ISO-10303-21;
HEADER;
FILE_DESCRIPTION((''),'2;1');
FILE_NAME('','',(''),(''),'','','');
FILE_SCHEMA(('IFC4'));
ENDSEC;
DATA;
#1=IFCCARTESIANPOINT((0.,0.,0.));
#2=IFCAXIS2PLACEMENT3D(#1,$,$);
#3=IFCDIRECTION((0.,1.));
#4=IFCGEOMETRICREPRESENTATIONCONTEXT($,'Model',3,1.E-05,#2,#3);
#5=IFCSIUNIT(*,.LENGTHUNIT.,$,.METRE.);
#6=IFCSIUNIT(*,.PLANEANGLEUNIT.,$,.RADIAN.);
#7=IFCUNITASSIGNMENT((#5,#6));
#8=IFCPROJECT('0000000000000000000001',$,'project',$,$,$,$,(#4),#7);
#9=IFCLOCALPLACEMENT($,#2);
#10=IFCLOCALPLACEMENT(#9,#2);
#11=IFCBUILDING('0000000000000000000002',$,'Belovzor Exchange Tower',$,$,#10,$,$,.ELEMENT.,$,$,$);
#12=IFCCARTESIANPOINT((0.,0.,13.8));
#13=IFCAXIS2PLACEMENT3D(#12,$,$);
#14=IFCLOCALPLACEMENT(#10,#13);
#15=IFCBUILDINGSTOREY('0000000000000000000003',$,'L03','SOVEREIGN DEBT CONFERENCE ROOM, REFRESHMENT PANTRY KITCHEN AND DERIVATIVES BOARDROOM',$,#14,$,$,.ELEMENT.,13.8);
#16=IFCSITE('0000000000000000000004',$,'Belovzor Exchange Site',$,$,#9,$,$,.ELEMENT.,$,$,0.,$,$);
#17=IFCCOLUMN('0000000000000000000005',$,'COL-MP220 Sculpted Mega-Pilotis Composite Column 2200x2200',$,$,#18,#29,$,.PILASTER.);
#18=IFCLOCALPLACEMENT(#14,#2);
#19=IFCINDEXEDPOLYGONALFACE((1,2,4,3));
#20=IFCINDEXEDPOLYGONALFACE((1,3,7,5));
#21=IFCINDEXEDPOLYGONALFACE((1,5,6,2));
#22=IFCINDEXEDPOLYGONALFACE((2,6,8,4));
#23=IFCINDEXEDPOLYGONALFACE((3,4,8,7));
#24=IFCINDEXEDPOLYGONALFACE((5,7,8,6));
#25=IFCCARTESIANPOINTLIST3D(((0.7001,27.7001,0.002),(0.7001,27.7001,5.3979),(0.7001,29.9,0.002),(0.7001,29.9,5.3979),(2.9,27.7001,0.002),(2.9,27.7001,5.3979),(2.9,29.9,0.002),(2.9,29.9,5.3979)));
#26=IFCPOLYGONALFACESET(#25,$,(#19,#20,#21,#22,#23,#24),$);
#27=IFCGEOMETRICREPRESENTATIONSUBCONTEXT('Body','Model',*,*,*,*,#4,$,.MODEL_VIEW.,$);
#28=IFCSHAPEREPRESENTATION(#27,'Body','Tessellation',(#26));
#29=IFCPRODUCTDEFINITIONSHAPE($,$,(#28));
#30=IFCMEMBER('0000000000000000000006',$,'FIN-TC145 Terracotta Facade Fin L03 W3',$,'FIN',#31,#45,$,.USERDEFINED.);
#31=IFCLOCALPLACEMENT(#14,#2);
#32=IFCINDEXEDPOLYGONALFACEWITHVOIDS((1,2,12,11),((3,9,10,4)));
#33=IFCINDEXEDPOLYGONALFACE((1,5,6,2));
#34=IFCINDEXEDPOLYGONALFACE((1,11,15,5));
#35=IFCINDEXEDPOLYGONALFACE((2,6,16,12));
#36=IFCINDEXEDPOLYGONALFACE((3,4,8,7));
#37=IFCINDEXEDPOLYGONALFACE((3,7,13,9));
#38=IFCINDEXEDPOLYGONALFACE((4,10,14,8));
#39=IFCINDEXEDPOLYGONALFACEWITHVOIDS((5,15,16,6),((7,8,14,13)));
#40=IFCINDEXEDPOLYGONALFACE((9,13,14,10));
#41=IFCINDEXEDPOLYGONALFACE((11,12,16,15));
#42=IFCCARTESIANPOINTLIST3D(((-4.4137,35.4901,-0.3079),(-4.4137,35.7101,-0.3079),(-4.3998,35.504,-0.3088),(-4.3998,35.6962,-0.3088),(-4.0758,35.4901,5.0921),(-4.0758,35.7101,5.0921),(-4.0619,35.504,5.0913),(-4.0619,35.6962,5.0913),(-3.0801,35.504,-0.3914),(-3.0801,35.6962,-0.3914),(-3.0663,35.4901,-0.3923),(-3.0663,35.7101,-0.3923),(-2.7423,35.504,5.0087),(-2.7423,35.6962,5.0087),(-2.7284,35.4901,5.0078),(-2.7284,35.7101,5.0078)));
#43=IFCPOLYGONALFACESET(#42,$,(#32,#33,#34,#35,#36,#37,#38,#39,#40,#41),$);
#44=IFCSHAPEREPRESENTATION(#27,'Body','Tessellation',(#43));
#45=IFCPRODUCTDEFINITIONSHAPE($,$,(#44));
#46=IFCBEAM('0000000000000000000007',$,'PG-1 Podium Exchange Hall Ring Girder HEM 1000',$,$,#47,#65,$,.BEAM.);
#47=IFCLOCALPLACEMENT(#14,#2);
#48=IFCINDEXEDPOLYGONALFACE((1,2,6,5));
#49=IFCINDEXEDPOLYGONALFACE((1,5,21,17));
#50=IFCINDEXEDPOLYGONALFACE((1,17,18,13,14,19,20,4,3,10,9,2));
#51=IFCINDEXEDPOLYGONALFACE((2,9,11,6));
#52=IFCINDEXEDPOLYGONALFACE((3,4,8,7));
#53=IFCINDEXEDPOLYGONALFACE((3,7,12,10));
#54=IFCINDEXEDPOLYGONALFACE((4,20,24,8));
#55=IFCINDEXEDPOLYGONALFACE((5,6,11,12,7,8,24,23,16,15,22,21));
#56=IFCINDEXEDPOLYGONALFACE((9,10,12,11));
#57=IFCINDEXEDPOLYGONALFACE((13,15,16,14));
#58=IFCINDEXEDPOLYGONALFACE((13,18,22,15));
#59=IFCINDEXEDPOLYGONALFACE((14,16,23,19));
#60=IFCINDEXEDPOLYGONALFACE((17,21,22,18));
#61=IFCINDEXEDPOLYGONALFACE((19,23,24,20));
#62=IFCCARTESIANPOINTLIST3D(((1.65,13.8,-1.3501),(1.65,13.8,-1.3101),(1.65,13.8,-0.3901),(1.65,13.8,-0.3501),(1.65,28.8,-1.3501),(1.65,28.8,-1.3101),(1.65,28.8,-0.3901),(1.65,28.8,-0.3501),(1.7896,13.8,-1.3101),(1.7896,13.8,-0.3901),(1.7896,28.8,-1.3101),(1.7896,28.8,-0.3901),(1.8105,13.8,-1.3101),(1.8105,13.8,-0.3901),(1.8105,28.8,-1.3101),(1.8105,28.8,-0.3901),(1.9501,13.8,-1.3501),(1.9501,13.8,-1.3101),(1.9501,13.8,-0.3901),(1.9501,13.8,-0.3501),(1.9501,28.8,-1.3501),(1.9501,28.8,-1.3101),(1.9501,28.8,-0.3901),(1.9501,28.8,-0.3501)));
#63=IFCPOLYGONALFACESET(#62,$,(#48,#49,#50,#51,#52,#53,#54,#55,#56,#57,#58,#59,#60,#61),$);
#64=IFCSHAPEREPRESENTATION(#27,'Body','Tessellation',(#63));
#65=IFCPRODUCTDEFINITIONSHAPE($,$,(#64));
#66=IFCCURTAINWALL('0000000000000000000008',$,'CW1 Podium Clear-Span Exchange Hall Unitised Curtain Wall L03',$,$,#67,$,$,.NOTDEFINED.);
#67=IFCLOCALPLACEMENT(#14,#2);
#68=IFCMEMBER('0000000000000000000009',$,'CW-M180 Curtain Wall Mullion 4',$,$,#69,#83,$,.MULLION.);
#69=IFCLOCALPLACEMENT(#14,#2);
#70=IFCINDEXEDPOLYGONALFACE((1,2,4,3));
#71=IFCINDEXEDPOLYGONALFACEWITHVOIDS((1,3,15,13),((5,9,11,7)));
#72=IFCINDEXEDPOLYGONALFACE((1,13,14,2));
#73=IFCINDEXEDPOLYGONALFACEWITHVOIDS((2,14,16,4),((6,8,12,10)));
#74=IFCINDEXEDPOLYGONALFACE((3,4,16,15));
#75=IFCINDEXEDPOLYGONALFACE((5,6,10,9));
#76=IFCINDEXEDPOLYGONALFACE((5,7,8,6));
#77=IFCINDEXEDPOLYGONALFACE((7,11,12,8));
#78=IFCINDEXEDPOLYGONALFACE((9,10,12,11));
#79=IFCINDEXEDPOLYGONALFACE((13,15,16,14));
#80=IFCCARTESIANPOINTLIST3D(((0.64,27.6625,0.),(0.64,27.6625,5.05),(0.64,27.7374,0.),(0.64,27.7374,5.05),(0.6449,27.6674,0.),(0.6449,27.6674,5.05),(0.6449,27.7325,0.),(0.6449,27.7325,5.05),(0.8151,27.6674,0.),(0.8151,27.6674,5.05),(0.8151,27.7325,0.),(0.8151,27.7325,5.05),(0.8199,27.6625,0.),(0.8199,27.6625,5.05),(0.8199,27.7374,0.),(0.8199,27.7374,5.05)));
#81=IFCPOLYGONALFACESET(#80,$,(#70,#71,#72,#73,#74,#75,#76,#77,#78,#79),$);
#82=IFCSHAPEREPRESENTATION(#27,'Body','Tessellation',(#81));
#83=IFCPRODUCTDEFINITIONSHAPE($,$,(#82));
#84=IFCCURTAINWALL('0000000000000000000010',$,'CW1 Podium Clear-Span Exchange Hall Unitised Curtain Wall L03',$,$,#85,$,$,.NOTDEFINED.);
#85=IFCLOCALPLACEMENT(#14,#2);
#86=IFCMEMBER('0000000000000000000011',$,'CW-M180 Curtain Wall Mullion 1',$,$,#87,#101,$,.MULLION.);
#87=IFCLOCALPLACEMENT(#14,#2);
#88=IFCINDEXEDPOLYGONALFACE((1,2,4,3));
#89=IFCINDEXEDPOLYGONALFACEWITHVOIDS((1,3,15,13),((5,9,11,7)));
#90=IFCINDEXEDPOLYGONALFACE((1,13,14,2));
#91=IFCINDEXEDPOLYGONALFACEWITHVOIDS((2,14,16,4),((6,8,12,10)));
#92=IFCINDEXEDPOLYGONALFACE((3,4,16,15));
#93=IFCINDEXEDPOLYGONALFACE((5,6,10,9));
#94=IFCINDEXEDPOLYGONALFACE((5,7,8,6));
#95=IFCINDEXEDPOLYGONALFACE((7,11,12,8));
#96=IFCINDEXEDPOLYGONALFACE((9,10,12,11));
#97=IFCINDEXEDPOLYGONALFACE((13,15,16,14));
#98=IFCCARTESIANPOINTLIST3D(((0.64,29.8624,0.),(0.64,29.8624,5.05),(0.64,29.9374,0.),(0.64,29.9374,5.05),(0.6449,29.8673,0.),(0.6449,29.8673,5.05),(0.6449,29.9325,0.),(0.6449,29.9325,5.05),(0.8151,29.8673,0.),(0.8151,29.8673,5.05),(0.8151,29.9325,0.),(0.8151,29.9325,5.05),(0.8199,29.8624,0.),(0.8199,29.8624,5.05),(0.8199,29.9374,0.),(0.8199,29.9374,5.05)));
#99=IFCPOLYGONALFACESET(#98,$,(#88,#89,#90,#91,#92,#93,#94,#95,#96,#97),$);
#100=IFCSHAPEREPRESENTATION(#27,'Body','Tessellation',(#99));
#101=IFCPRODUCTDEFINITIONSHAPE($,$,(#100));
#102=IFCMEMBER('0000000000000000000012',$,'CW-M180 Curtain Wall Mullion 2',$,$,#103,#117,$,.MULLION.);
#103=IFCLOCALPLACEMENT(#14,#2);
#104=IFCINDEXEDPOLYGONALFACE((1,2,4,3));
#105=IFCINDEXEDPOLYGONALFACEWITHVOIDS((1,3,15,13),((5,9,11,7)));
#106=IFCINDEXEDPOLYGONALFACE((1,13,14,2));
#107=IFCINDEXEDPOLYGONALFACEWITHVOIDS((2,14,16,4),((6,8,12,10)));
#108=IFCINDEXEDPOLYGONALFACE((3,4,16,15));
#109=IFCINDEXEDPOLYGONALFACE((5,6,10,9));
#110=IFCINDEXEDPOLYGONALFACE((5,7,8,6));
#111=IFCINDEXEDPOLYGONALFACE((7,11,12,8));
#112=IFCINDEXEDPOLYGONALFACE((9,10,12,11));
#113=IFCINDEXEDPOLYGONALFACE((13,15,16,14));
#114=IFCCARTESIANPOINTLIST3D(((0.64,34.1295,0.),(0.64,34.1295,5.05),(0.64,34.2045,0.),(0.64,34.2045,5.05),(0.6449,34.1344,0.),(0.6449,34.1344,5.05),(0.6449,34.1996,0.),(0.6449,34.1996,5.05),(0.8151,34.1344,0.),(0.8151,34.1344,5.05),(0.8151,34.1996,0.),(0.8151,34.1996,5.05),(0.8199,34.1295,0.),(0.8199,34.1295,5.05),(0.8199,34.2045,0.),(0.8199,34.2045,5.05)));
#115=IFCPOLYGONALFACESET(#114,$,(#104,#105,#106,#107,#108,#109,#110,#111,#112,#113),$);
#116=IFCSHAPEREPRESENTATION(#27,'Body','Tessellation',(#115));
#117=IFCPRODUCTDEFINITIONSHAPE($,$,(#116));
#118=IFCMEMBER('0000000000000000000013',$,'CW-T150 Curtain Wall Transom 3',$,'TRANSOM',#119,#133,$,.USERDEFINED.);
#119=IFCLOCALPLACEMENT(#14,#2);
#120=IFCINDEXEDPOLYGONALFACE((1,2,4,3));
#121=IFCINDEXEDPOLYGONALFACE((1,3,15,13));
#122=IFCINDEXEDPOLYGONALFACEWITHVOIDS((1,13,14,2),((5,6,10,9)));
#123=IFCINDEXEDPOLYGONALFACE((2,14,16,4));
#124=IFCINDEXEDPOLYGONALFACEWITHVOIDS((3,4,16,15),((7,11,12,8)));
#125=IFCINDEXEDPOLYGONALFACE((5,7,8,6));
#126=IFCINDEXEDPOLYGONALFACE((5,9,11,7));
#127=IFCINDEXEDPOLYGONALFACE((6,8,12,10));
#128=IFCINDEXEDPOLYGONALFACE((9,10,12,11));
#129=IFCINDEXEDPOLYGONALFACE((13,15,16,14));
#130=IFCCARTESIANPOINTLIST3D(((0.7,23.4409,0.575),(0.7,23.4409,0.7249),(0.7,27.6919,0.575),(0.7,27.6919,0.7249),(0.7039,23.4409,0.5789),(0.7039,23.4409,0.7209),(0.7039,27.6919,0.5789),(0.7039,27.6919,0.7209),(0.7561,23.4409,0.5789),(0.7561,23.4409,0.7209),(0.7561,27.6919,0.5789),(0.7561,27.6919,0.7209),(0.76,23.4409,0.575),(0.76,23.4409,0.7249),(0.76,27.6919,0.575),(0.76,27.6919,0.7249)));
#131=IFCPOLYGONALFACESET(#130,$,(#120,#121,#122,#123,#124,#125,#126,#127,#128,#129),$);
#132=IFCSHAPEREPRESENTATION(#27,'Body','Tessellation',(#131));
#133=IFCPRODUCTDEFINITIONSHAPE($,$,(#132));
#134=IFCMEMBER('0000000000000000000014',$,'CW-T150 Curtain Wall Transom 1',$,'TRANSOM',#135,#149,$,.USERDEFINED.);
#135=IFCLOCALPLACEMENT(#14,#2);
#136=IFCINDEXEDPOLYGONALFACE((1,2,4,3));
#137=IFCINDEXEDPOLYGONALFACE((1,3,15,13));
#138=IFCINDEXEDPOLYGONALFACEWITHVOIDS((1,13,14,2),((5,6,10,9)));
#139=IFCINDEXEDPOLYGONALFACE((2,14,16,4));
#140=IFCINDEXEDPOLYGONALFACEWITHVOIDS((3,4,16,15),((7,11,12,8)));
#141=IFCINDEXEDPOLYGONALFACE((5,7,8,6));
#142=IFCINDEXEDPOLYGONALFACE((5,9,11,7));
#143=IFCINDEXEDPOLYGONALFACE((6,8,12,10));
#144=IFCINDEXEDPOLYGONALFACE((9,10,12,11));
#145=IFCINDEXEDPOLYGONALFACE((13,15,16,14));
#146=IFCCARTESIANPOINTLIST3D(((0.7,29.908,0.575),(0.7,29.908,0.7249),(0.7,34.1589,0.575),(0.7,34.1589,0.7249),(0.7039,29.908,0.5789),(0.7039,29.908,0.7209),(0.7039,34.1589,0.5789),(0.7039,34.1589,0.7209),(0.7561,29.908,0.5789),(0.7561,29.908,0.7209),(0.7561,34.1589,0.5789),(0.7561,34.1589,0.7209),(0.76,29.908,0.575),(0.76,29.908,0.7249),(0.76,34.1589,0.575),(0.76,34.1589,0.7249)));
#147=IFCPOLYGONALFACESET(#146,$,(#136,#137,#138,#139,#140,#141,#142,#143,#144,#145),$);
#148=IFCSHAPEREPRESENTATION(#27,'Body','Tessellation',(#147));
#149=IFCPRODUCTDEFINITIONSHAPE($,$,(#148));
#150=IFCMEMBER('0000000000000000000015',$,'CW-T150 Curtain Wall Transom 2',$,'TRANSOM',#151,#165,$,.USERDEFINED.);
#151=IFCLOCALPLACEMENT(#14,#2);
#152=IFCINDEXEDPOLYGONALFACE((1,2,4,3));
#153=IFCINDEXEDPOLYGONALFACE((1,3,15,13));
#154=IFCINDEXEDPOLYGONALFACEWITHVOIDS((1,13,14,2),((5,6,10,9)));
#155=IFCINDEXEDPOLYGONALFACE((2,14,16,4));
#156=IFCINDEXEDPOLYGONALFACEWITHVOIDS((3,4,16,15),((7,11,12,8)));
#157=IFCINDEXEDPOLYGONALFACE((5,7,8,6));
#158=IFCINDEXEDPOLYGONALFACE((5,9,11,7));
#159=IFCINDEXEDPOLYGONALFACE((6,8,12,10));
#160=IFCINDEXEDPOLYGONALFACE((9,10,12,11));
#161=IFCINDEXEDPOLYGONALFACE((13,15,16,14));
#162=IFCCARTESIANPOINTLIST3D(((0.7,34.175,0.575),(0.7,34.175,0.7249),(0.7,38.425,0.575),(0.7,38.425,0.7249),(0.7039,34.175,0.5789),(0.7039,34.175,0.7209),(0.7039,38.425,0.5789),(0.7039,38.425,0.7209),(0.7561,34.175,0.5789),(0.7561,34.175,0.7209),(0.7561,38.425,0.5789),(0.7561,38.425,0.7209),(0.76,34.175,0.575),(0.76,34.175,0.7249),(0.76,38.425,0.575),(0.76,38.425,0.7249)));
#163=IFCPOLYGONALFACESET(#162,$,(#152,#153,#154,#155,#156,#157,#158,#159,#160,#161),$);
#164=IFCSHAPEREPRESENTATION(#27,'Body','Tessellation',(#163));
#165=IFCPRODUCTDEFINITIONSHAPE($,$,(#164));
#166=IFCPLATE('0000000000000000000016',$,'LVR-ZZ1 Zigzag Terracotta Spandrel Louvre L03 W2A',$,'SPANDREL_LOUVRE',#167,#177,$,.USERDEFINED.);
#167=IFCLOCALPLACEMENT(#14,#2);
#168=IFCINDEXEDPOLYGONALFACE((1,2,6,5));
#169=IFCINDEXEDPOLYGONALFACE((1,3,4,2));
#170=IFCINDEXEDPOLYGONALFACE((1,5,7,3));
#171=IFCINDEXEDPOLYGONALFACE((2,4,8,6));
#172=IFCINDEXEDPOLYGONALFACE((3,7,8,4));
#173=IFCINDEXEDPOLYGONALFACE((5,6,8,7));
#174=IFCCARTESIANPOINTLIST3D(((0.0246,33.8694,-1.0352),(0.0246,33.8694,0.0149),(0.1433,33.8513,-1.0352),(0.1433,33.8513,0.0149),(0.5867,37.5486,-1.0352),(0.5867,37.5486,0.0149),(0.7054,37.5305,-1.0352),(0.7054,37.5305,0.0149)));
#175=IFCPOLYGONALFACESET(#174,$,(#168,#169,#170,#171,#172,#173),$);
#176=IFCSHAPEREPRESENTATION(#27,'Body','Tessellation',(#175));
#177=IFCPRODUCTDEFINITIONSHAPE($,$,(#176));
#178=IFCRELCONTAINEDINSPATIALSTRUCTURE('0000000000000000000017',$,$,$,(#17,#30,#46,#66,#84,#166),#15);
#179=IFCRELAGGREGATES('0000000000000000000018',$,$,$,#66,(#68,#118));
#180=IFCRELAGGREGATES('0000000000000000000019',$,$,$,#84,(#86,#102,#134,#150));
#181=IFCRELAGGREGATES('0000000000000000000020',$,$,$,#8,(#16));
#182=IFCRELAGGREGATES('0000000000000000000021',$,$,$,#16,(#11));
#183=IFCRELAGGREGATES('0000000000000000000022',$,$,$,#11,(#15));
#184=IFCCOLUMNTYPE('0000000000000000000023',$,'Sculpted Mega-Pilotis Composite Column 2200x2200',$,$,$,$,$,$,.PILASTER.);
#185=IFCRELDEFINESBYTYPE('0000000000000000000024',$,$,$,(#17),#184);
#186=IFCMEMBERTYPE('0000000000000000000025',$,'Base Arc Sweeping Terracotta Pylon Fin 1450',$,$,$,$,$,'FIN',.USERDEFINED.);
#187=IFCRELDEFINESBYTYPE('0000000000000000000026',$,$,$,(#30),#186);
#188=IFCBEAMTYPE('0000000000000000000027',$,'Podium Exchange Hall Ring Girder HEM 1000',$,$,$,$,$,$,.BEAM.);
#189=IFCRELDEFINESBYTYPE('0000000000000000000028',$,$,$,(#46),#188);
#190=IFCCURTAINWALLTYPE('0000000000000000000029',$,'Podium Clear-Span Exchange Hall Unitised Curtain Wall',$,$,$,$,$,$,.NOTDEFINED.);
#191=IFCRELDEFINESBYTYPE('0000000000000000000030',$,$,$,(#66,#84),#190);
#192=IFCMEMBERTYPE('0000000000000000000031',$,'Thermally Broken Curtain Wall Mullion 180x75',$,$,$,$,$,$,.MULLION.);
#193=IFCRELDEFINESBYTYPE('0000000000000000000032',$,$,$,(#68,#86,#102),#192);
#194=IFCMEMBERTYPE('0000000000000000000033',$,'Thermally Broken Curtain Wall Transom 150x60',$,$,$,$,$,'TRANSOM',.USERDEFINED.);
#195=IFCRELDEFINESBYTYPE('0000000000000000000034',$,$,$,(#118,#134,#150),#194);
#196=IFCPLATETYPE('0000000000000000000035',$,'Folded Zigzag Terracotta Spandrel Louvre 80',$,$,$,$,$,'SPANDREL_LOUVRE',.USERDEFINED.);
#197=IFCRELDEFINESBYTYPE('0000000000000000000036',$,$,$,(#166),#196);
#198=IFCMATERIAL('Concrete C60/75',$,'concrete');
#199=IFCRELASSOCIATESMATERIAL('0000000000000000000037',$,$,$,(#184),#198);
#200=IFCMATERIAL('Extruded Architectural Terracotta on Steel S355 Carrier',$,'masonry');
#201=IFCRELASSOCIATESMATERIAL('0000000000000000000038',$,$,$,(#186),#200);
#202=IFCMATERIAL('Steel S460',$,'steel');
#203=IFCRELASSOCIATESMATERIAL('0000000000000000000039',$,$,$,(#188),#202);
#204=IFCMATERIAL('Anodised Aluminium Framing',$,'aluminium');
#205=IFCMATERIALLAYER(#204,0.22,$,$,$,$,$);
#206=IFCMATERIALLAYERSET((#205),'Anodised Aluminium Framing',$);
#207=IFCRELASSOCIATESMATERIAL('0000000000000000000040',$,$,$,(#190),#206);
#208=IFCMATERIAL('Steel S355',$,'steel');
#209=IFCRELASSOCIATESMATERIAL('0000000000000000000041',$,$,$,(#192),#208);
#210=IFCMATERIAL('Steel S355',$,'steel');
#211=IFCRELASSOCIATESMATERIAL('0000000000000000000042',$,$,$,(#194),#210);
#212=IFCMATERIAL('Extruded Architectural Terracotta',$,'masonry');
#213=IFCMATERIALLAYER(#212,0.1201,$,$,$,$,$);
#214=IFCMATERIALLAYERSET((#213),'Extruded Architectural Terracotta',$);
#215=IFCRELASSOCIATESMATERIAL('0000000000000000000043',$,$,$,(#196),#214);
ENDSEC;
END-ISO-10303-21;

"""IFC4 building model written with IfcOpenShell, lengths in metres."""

from ifc_helpers import new_model, si_unit, direction, frame, origin, origin_2d, place, context, subcontext, project, spatial, rectangle, hollow_rectangle, i_section, extrude, material, layer, layer_set, material_profile, profile_set, type_object, element, aggregate, save


model = new_model("IFC4")

# Units and contexts
model_context = context("Model", 3, precision=1e-05, world=origin(), true_north=direction((0.0, 1.0)))
body_context = subcontext(model_context, "Body", "Model", "MODEL_VIEW")
ifc_project = project(units=[si_unit("LENGTHUNIT", "METRE"), si_unit("PLANEANGLEUNIT", "RADIAN")], contexts=[model_context])

# Site, building, storey
site_placement = place(None, origin())
site = spatial("IfcSite", under=ifc_project, at=site_placement, Name="Belovzor Exchange Site", CompositionType="ELEMENT", RefElevation=0.0)
building_placement = place(site_placement, origin())
building = spatial("IfcBuilding", under=site, at=building_placement, Name="Belovzor Exchange Tower", CompositionType="ELEMENT")
storey_placement = place(building_placement, frame((0.0, 0.0, 13.8)))
storey = spatial("IfcBuildingStorey", under=building, at=storey_placement, Name="L03", Description="SOVEREIGN DEBT CONFERENCE ROOM, REFRESHMENT PANTRY KITCHEN AND DERIVATIVES BOARDROOM", CompositionType="ELEMENT", Elevation=13.8)

# Column
ifc_material_1 = material(Name="Concrete C60/75", Category="concrete")
ifc_material_profile_1 = material_profile(ifc_material_1, rectangle(XDim=2.2, YDim=2.2, at=origin_2d()))
ifc_profile_set_1 = profile_set([ifc_material_profile_1], Name="Concrete C60/75")
column_type = type_object("IfcColumnType", Name="Sculpted Mega-Pilotis Composite Column 2200x2200", PredefinedType="PILASTER", material=ifc_profile_set_1)
column_placement = place(storey_placement, frame((1.8, 28.8, 0.002), z_axis=(0.0, 0.0, 1.0), x_axis=(1.0, 0.0, 0.0)))
element("IfcColumn", 1, at=column_placement, inside=storey, type_object=column_type, Name="COL-MP220 Sculpted Mega-Pilotis Composite Column 2200x2200", PredefinedType="PILASTER", context=body_context, shape_type="SweptSolid", body=[
    extrude(rectangle(XDim=2.2, YDim=2.2, at=origin_2d()), origin(), (0.0, 0.0, 1.0), 5.396),
])

# Member
ifc_material_2 = material(Name="Extruded Architectural Terracotta on Steel S355 Carrier", Category="masonry")
ifc_material_profile_2 = material_profile(ifc_material_2, hollow_rectangle(XDim=0.22, YDim=1.3501, WallThickness=0.0139, at=origin_2d()))
ifc_profile_set_2 = profile_set([ifc_material_profile_2], Name="Extruded Architectural Terracotta on Steel S355 Carrier")
member_type_1 = type_object("IfcMemberType", Name="Base Arc Sweeping Terracotta Pylon Fin 1450", ElementType="FIN", PredefinedType="USERDEFINED", material=ifc_profile_set_2)
member_1_placement = place(storey_placement, frame((-3.74, 35.6001, -0.3501), z_axis=(0.062449, 0.0, 0.998048), x_axis=(0.0, 1.0, 0.0)))
element("IfcMember", 2, at=member_1_placement, inside=storey, type_object=member_type_1, Name="FIN-TC145 Terracotta Facade Fin L03 W3", ObjectType="FIN", PredefinedType="USERDEFINED", context=body_context, shape_type="SweptSolid", body=[
    extrude(hollow_rectangle(XDim=0.22, YDim=1.3501, WallThickness=0.0139, at=origin_2d()), origin(), (0.0, 0.0, 1.0), 5.4106),
])

# Beam
ifc_material_3 = material(Name="Steel S460", Category="steel")
ifc_material_profile_3 = material_profile(ifc_material_3, i_section(OverallWidth=0.3, OverallDepth=1.0, WebThickness=0.021, FlangeThickness=0.04, at=origin_2d()))
ifc_profile_set_3 = profile_set([ifc_material_profile_3], Name="Steel S460")
beam_type = type_object("IfcBeamType", Name="Podium Exchange Hall Ring Girder HEM 1000", PredefinedType="BEAM", material=ifc_profile_set_3)
beam_placement = place(storey_placement, frame((1.8, 28.8, -0.8501), z_axis=(0.0, -1.0, 0.0), x_axis=(1.0, 0.0, 0.0)))
element("IfcBeam", 3, at=beam_placement, inside=storey, type_object=beam_type, Name="PG-1 Podium Exchange Hall Ring Girder HEM 1000", PredefinedType="BEAM", context=body_context, shape_type="SweptSolid", body=[
    extrude(i_section(OverallWidth=0.3, OverallDepth=1.0, WebThickness=0.021, FlangeThickness=0.04, at=origin_2d()), origin(), (0.0, 0.0, 1.0), 15.0),
])

# Curtain wall, member
ifc_material_4 = material(Name="Anodised Aluminium Framing", Category="aluminium")
ifc_layer_1 = layer(ifc_material_4, 0.22)
ifc_layer_set_1 = layer_set([ifc_layer_1], Name="Anodised Aluminium Framing")
curtain_wall_type = type_object("IfcCurtainWallType", Name="Podium Clear-Span Exchange Hall Unitised Curtain Wall", PredefinedType="NOTDEFINED", material=ifc_layer_set_1)
curtain_wall_1_placement = place(storey_placement, origin())
curtain_wall_1 = element("IfcCurtainWall", 4, at=curtain_wall_1_placement, inside=storey, type_object=curtain_wall_type, Name="CW1 Podium Clear-Span Exchange Hall Unitised Curtain Wall L03", PredefinedType="NOTDEFINED")
ifc_material_5 = material(Name="Steel S355", Category="steel")
ifc_material_profile_4 = material_profile(ifc_material_5, hollow_rectangle(XDim=0.075, YDim=0.1799, WallThickness=0.0049, at=origin_2d()))
ifc_profile_set_4 = profile_set([ifc_material_profile_4], Name="Steel S355")
member_type_2 = type_object("IfcMemberType", Name="Thermally Broken Curtain Wall Mullion 180x75", PredefinedType="MULLION", material=ifc_profile_set_4)
member_2_placement = place(storey_placement, frame((0.73, 27.7, 0.0), z_axis=(0.0, 0.0, 1.0), x_axis=(0.0, 1.0, 0.0)))
member_2 = element("IfcMember", 5, at=member_2_placement, type_object=member_type_2, Name="CW-M180 Curtain Wall Mullion 4", PredefinedType="MULLION", context=body_context, shape_type="SweptSolid", body=[
    extrude(hollow_rectangle(XDim=0.075, YDim=0.1799, WallThickness=0.0049, at=origin_2d()), origin(), (0.0, 0.0, 1.0), 5.05),
])

# Curtain wall, members
curtain_wall_2_placement = place(storey_placement, origin())
curtain_wall_2 = element("IfcCurtainWall", 6, at=curtain_wall_2_placement, inside=storey, type_object=curtain_wall_type, Name="CW1 Podium Clear-Span Exchange Hall Unitised Curtain Wall L03", PredefinedType="NOTDEFINED")
member_3_placement = place(storey_placement, frame((0.73, 29.8999, 0.0), z_axis=(0.0, 0.0, 1.0), x_axis=(0.0, 1.0, 0.0)))
member_3 = element("IfcMember", 7, at=member_3_placement, type_object=member_type_2, Name="CW-M180 Curtain Wall Mullion 1", PredefinedType="MULLION", context=body_context, shape_type="SweptSolid", body=[
    extrude(hollow_rectangle(XDim=0.075, YDim=0.1799, WallThickness=0.0049, at=origin_2d()), origin(), (0.0, 0.0, 1.0), 5.05),
])
member_4_placement = place(storey_placement, frame((0.73, 34.167, 0.0), z_axis=(0.0, 0.0, 1.0), x_axis=(0.0, 1.0, 0.0)))
member_4 = element("IfcMember", 8, at=member_4_placement, type_object=member_type_2, Name="CW-M180 Curtain Wall Mullion 2", PredefinedType="MULLION", context=body_context, shape_type="SweptSolid", body=[
    extrude(hollow_rectangle(XDim=0.075, YDim=0.1799, WallThickness=0.0049, at=origin_2d()), origin(), (0.0, 0.0, 1.0), 5.05),
])

# Members
ifc_material_6 = material(Name="Steel S355", Category="steel")
ifc_material_profile_5 = material_profile(ifc_material_6, hollow_rectangle(XDim=0.0601, YDim=0.1499, WallThickness=0.0039, at=origin_2d()))
ifc_profile_set_5 = profile_set([ifc_material_profile_5], Name="Steel S355")
member_type_3 = type_object("IfcMemberType", Name="Thermally Broken Curtain Wall Transom 150x60", ElementType="TRANSOM", PredefinedType="USERDEFINED", material=ifc_profile_set_5)
member_5_placement = place(storey_placement, frame((0.73, 23.4409, 0.6499), z_axis=(0.0, 1.0, 0.0), x_axis=(-1.0, 0.0, 0.0)))
member_5 = element("IfcMember", 9, at=member_5_placement, type_object=member_type_3, Name="CW-T150 Curtain Wall Transom 3", ObjectType="TRANSOM", PredefinedType="USERDEFINED", context=body_context, shape_type="SweptSolid", body=[
    extrude(hollow_rectangle(XDim=0.0601, YDim=0.1499, WallThickness=0.0039, at=origin_2d()), origin(), (0.0, 0.0, 1.0), 4.251),
])
member_6_placement = place(storey_placement, frame((0.73, 29.908, 0.6499), z_axis=(0.0, 1.0, 0.0), x_axis=(-1.0, 0.0, 0.0)))
member_6 = element("IfcMember", 10, at=member_6_placement, type_object=member_type_3, Name="CW-T150 Curtain Wall Transom 1", ObjectType="TRANSOM", PredefinedType="USERDEFINED", context=body_context, shape_type="SweptSolid", body=[
    extrude(hollow_rectangle(XDim=0.0601, YDim=0.1499, WallThickness=0.0039, at=origin_2d()), origin(), (0.0, 0.0, 1.0), 4.251),
])
member_7_placement = place(storey_placement, frame((0.73, 34.175, 0.6499), z_axis=(0.0, 1.0, 0.0), x_axis=(-1.0, 0.0, 0.0)))
member_7 = element("IfcMember", 11, at=member_7_placement, type_object=member_type_3, Name="CW-T150 Curtain Wall Transom 2", ObjectType="TRANSOM", PredefinedType="USERDEFINED", context=body_context, shape_type="SweptSolid", body=[
    extrude(hollow_rectangle(XDim=0.0601, YDim=0.1499, WallThickness=0.0039, at=origin_2d()), origin(), (0.0, 0.0, 1.0), 4.25),
])

# Plate
ifc_material_7 = material(Name="Extruded Architectural Terracotta", Category="masonry")
ifc_layer_2 = layer(ifc_material_7, 0.1201)
ifc_layer_set_2 = layer_set([ifc_layer_2], Name="Extruded Architectural Terracotta")
plate_type_1 = type_object("IfcPlateType", Name="Folded Zigzag Terracotta Spandrel Louvre 80", ElementType="SPANDREL_LOUVRE", PredefinedType="USERDEFINED", material=ifc_layer_set_2)
plate_1_placement = place(storey_placement, frame((0.365, 35.7, -1.0352), z_axis=(0.0, 0.0, 1.0), x_axis=(0.151019, 0.988531, 0.0)))
element("IfcPlate", 12, at=plate_1_placement, inside=storey, type_object=plate_type_1, Name="LVR-ZZ1 Zigzag Terracotta Spandrel Louvre L03 W2A", ObjectType="SPANDREL_LOUVRE", PredefinedType="USERDEFINED", context=body_context, shape_type="SweptSolid", body=[
    extrude(rectangle(XDim=3.7219, YDim=0.1201, at=origin_2d()), origin(), (0.0, 0.0, 1.0), 1.05),
])
aggregate(curtain_wall_1, [member_2, member_5])
aggregate(curtain_wall_2, [member_3, member_4, member_6, member_7])

save(model, "model.ifc")
